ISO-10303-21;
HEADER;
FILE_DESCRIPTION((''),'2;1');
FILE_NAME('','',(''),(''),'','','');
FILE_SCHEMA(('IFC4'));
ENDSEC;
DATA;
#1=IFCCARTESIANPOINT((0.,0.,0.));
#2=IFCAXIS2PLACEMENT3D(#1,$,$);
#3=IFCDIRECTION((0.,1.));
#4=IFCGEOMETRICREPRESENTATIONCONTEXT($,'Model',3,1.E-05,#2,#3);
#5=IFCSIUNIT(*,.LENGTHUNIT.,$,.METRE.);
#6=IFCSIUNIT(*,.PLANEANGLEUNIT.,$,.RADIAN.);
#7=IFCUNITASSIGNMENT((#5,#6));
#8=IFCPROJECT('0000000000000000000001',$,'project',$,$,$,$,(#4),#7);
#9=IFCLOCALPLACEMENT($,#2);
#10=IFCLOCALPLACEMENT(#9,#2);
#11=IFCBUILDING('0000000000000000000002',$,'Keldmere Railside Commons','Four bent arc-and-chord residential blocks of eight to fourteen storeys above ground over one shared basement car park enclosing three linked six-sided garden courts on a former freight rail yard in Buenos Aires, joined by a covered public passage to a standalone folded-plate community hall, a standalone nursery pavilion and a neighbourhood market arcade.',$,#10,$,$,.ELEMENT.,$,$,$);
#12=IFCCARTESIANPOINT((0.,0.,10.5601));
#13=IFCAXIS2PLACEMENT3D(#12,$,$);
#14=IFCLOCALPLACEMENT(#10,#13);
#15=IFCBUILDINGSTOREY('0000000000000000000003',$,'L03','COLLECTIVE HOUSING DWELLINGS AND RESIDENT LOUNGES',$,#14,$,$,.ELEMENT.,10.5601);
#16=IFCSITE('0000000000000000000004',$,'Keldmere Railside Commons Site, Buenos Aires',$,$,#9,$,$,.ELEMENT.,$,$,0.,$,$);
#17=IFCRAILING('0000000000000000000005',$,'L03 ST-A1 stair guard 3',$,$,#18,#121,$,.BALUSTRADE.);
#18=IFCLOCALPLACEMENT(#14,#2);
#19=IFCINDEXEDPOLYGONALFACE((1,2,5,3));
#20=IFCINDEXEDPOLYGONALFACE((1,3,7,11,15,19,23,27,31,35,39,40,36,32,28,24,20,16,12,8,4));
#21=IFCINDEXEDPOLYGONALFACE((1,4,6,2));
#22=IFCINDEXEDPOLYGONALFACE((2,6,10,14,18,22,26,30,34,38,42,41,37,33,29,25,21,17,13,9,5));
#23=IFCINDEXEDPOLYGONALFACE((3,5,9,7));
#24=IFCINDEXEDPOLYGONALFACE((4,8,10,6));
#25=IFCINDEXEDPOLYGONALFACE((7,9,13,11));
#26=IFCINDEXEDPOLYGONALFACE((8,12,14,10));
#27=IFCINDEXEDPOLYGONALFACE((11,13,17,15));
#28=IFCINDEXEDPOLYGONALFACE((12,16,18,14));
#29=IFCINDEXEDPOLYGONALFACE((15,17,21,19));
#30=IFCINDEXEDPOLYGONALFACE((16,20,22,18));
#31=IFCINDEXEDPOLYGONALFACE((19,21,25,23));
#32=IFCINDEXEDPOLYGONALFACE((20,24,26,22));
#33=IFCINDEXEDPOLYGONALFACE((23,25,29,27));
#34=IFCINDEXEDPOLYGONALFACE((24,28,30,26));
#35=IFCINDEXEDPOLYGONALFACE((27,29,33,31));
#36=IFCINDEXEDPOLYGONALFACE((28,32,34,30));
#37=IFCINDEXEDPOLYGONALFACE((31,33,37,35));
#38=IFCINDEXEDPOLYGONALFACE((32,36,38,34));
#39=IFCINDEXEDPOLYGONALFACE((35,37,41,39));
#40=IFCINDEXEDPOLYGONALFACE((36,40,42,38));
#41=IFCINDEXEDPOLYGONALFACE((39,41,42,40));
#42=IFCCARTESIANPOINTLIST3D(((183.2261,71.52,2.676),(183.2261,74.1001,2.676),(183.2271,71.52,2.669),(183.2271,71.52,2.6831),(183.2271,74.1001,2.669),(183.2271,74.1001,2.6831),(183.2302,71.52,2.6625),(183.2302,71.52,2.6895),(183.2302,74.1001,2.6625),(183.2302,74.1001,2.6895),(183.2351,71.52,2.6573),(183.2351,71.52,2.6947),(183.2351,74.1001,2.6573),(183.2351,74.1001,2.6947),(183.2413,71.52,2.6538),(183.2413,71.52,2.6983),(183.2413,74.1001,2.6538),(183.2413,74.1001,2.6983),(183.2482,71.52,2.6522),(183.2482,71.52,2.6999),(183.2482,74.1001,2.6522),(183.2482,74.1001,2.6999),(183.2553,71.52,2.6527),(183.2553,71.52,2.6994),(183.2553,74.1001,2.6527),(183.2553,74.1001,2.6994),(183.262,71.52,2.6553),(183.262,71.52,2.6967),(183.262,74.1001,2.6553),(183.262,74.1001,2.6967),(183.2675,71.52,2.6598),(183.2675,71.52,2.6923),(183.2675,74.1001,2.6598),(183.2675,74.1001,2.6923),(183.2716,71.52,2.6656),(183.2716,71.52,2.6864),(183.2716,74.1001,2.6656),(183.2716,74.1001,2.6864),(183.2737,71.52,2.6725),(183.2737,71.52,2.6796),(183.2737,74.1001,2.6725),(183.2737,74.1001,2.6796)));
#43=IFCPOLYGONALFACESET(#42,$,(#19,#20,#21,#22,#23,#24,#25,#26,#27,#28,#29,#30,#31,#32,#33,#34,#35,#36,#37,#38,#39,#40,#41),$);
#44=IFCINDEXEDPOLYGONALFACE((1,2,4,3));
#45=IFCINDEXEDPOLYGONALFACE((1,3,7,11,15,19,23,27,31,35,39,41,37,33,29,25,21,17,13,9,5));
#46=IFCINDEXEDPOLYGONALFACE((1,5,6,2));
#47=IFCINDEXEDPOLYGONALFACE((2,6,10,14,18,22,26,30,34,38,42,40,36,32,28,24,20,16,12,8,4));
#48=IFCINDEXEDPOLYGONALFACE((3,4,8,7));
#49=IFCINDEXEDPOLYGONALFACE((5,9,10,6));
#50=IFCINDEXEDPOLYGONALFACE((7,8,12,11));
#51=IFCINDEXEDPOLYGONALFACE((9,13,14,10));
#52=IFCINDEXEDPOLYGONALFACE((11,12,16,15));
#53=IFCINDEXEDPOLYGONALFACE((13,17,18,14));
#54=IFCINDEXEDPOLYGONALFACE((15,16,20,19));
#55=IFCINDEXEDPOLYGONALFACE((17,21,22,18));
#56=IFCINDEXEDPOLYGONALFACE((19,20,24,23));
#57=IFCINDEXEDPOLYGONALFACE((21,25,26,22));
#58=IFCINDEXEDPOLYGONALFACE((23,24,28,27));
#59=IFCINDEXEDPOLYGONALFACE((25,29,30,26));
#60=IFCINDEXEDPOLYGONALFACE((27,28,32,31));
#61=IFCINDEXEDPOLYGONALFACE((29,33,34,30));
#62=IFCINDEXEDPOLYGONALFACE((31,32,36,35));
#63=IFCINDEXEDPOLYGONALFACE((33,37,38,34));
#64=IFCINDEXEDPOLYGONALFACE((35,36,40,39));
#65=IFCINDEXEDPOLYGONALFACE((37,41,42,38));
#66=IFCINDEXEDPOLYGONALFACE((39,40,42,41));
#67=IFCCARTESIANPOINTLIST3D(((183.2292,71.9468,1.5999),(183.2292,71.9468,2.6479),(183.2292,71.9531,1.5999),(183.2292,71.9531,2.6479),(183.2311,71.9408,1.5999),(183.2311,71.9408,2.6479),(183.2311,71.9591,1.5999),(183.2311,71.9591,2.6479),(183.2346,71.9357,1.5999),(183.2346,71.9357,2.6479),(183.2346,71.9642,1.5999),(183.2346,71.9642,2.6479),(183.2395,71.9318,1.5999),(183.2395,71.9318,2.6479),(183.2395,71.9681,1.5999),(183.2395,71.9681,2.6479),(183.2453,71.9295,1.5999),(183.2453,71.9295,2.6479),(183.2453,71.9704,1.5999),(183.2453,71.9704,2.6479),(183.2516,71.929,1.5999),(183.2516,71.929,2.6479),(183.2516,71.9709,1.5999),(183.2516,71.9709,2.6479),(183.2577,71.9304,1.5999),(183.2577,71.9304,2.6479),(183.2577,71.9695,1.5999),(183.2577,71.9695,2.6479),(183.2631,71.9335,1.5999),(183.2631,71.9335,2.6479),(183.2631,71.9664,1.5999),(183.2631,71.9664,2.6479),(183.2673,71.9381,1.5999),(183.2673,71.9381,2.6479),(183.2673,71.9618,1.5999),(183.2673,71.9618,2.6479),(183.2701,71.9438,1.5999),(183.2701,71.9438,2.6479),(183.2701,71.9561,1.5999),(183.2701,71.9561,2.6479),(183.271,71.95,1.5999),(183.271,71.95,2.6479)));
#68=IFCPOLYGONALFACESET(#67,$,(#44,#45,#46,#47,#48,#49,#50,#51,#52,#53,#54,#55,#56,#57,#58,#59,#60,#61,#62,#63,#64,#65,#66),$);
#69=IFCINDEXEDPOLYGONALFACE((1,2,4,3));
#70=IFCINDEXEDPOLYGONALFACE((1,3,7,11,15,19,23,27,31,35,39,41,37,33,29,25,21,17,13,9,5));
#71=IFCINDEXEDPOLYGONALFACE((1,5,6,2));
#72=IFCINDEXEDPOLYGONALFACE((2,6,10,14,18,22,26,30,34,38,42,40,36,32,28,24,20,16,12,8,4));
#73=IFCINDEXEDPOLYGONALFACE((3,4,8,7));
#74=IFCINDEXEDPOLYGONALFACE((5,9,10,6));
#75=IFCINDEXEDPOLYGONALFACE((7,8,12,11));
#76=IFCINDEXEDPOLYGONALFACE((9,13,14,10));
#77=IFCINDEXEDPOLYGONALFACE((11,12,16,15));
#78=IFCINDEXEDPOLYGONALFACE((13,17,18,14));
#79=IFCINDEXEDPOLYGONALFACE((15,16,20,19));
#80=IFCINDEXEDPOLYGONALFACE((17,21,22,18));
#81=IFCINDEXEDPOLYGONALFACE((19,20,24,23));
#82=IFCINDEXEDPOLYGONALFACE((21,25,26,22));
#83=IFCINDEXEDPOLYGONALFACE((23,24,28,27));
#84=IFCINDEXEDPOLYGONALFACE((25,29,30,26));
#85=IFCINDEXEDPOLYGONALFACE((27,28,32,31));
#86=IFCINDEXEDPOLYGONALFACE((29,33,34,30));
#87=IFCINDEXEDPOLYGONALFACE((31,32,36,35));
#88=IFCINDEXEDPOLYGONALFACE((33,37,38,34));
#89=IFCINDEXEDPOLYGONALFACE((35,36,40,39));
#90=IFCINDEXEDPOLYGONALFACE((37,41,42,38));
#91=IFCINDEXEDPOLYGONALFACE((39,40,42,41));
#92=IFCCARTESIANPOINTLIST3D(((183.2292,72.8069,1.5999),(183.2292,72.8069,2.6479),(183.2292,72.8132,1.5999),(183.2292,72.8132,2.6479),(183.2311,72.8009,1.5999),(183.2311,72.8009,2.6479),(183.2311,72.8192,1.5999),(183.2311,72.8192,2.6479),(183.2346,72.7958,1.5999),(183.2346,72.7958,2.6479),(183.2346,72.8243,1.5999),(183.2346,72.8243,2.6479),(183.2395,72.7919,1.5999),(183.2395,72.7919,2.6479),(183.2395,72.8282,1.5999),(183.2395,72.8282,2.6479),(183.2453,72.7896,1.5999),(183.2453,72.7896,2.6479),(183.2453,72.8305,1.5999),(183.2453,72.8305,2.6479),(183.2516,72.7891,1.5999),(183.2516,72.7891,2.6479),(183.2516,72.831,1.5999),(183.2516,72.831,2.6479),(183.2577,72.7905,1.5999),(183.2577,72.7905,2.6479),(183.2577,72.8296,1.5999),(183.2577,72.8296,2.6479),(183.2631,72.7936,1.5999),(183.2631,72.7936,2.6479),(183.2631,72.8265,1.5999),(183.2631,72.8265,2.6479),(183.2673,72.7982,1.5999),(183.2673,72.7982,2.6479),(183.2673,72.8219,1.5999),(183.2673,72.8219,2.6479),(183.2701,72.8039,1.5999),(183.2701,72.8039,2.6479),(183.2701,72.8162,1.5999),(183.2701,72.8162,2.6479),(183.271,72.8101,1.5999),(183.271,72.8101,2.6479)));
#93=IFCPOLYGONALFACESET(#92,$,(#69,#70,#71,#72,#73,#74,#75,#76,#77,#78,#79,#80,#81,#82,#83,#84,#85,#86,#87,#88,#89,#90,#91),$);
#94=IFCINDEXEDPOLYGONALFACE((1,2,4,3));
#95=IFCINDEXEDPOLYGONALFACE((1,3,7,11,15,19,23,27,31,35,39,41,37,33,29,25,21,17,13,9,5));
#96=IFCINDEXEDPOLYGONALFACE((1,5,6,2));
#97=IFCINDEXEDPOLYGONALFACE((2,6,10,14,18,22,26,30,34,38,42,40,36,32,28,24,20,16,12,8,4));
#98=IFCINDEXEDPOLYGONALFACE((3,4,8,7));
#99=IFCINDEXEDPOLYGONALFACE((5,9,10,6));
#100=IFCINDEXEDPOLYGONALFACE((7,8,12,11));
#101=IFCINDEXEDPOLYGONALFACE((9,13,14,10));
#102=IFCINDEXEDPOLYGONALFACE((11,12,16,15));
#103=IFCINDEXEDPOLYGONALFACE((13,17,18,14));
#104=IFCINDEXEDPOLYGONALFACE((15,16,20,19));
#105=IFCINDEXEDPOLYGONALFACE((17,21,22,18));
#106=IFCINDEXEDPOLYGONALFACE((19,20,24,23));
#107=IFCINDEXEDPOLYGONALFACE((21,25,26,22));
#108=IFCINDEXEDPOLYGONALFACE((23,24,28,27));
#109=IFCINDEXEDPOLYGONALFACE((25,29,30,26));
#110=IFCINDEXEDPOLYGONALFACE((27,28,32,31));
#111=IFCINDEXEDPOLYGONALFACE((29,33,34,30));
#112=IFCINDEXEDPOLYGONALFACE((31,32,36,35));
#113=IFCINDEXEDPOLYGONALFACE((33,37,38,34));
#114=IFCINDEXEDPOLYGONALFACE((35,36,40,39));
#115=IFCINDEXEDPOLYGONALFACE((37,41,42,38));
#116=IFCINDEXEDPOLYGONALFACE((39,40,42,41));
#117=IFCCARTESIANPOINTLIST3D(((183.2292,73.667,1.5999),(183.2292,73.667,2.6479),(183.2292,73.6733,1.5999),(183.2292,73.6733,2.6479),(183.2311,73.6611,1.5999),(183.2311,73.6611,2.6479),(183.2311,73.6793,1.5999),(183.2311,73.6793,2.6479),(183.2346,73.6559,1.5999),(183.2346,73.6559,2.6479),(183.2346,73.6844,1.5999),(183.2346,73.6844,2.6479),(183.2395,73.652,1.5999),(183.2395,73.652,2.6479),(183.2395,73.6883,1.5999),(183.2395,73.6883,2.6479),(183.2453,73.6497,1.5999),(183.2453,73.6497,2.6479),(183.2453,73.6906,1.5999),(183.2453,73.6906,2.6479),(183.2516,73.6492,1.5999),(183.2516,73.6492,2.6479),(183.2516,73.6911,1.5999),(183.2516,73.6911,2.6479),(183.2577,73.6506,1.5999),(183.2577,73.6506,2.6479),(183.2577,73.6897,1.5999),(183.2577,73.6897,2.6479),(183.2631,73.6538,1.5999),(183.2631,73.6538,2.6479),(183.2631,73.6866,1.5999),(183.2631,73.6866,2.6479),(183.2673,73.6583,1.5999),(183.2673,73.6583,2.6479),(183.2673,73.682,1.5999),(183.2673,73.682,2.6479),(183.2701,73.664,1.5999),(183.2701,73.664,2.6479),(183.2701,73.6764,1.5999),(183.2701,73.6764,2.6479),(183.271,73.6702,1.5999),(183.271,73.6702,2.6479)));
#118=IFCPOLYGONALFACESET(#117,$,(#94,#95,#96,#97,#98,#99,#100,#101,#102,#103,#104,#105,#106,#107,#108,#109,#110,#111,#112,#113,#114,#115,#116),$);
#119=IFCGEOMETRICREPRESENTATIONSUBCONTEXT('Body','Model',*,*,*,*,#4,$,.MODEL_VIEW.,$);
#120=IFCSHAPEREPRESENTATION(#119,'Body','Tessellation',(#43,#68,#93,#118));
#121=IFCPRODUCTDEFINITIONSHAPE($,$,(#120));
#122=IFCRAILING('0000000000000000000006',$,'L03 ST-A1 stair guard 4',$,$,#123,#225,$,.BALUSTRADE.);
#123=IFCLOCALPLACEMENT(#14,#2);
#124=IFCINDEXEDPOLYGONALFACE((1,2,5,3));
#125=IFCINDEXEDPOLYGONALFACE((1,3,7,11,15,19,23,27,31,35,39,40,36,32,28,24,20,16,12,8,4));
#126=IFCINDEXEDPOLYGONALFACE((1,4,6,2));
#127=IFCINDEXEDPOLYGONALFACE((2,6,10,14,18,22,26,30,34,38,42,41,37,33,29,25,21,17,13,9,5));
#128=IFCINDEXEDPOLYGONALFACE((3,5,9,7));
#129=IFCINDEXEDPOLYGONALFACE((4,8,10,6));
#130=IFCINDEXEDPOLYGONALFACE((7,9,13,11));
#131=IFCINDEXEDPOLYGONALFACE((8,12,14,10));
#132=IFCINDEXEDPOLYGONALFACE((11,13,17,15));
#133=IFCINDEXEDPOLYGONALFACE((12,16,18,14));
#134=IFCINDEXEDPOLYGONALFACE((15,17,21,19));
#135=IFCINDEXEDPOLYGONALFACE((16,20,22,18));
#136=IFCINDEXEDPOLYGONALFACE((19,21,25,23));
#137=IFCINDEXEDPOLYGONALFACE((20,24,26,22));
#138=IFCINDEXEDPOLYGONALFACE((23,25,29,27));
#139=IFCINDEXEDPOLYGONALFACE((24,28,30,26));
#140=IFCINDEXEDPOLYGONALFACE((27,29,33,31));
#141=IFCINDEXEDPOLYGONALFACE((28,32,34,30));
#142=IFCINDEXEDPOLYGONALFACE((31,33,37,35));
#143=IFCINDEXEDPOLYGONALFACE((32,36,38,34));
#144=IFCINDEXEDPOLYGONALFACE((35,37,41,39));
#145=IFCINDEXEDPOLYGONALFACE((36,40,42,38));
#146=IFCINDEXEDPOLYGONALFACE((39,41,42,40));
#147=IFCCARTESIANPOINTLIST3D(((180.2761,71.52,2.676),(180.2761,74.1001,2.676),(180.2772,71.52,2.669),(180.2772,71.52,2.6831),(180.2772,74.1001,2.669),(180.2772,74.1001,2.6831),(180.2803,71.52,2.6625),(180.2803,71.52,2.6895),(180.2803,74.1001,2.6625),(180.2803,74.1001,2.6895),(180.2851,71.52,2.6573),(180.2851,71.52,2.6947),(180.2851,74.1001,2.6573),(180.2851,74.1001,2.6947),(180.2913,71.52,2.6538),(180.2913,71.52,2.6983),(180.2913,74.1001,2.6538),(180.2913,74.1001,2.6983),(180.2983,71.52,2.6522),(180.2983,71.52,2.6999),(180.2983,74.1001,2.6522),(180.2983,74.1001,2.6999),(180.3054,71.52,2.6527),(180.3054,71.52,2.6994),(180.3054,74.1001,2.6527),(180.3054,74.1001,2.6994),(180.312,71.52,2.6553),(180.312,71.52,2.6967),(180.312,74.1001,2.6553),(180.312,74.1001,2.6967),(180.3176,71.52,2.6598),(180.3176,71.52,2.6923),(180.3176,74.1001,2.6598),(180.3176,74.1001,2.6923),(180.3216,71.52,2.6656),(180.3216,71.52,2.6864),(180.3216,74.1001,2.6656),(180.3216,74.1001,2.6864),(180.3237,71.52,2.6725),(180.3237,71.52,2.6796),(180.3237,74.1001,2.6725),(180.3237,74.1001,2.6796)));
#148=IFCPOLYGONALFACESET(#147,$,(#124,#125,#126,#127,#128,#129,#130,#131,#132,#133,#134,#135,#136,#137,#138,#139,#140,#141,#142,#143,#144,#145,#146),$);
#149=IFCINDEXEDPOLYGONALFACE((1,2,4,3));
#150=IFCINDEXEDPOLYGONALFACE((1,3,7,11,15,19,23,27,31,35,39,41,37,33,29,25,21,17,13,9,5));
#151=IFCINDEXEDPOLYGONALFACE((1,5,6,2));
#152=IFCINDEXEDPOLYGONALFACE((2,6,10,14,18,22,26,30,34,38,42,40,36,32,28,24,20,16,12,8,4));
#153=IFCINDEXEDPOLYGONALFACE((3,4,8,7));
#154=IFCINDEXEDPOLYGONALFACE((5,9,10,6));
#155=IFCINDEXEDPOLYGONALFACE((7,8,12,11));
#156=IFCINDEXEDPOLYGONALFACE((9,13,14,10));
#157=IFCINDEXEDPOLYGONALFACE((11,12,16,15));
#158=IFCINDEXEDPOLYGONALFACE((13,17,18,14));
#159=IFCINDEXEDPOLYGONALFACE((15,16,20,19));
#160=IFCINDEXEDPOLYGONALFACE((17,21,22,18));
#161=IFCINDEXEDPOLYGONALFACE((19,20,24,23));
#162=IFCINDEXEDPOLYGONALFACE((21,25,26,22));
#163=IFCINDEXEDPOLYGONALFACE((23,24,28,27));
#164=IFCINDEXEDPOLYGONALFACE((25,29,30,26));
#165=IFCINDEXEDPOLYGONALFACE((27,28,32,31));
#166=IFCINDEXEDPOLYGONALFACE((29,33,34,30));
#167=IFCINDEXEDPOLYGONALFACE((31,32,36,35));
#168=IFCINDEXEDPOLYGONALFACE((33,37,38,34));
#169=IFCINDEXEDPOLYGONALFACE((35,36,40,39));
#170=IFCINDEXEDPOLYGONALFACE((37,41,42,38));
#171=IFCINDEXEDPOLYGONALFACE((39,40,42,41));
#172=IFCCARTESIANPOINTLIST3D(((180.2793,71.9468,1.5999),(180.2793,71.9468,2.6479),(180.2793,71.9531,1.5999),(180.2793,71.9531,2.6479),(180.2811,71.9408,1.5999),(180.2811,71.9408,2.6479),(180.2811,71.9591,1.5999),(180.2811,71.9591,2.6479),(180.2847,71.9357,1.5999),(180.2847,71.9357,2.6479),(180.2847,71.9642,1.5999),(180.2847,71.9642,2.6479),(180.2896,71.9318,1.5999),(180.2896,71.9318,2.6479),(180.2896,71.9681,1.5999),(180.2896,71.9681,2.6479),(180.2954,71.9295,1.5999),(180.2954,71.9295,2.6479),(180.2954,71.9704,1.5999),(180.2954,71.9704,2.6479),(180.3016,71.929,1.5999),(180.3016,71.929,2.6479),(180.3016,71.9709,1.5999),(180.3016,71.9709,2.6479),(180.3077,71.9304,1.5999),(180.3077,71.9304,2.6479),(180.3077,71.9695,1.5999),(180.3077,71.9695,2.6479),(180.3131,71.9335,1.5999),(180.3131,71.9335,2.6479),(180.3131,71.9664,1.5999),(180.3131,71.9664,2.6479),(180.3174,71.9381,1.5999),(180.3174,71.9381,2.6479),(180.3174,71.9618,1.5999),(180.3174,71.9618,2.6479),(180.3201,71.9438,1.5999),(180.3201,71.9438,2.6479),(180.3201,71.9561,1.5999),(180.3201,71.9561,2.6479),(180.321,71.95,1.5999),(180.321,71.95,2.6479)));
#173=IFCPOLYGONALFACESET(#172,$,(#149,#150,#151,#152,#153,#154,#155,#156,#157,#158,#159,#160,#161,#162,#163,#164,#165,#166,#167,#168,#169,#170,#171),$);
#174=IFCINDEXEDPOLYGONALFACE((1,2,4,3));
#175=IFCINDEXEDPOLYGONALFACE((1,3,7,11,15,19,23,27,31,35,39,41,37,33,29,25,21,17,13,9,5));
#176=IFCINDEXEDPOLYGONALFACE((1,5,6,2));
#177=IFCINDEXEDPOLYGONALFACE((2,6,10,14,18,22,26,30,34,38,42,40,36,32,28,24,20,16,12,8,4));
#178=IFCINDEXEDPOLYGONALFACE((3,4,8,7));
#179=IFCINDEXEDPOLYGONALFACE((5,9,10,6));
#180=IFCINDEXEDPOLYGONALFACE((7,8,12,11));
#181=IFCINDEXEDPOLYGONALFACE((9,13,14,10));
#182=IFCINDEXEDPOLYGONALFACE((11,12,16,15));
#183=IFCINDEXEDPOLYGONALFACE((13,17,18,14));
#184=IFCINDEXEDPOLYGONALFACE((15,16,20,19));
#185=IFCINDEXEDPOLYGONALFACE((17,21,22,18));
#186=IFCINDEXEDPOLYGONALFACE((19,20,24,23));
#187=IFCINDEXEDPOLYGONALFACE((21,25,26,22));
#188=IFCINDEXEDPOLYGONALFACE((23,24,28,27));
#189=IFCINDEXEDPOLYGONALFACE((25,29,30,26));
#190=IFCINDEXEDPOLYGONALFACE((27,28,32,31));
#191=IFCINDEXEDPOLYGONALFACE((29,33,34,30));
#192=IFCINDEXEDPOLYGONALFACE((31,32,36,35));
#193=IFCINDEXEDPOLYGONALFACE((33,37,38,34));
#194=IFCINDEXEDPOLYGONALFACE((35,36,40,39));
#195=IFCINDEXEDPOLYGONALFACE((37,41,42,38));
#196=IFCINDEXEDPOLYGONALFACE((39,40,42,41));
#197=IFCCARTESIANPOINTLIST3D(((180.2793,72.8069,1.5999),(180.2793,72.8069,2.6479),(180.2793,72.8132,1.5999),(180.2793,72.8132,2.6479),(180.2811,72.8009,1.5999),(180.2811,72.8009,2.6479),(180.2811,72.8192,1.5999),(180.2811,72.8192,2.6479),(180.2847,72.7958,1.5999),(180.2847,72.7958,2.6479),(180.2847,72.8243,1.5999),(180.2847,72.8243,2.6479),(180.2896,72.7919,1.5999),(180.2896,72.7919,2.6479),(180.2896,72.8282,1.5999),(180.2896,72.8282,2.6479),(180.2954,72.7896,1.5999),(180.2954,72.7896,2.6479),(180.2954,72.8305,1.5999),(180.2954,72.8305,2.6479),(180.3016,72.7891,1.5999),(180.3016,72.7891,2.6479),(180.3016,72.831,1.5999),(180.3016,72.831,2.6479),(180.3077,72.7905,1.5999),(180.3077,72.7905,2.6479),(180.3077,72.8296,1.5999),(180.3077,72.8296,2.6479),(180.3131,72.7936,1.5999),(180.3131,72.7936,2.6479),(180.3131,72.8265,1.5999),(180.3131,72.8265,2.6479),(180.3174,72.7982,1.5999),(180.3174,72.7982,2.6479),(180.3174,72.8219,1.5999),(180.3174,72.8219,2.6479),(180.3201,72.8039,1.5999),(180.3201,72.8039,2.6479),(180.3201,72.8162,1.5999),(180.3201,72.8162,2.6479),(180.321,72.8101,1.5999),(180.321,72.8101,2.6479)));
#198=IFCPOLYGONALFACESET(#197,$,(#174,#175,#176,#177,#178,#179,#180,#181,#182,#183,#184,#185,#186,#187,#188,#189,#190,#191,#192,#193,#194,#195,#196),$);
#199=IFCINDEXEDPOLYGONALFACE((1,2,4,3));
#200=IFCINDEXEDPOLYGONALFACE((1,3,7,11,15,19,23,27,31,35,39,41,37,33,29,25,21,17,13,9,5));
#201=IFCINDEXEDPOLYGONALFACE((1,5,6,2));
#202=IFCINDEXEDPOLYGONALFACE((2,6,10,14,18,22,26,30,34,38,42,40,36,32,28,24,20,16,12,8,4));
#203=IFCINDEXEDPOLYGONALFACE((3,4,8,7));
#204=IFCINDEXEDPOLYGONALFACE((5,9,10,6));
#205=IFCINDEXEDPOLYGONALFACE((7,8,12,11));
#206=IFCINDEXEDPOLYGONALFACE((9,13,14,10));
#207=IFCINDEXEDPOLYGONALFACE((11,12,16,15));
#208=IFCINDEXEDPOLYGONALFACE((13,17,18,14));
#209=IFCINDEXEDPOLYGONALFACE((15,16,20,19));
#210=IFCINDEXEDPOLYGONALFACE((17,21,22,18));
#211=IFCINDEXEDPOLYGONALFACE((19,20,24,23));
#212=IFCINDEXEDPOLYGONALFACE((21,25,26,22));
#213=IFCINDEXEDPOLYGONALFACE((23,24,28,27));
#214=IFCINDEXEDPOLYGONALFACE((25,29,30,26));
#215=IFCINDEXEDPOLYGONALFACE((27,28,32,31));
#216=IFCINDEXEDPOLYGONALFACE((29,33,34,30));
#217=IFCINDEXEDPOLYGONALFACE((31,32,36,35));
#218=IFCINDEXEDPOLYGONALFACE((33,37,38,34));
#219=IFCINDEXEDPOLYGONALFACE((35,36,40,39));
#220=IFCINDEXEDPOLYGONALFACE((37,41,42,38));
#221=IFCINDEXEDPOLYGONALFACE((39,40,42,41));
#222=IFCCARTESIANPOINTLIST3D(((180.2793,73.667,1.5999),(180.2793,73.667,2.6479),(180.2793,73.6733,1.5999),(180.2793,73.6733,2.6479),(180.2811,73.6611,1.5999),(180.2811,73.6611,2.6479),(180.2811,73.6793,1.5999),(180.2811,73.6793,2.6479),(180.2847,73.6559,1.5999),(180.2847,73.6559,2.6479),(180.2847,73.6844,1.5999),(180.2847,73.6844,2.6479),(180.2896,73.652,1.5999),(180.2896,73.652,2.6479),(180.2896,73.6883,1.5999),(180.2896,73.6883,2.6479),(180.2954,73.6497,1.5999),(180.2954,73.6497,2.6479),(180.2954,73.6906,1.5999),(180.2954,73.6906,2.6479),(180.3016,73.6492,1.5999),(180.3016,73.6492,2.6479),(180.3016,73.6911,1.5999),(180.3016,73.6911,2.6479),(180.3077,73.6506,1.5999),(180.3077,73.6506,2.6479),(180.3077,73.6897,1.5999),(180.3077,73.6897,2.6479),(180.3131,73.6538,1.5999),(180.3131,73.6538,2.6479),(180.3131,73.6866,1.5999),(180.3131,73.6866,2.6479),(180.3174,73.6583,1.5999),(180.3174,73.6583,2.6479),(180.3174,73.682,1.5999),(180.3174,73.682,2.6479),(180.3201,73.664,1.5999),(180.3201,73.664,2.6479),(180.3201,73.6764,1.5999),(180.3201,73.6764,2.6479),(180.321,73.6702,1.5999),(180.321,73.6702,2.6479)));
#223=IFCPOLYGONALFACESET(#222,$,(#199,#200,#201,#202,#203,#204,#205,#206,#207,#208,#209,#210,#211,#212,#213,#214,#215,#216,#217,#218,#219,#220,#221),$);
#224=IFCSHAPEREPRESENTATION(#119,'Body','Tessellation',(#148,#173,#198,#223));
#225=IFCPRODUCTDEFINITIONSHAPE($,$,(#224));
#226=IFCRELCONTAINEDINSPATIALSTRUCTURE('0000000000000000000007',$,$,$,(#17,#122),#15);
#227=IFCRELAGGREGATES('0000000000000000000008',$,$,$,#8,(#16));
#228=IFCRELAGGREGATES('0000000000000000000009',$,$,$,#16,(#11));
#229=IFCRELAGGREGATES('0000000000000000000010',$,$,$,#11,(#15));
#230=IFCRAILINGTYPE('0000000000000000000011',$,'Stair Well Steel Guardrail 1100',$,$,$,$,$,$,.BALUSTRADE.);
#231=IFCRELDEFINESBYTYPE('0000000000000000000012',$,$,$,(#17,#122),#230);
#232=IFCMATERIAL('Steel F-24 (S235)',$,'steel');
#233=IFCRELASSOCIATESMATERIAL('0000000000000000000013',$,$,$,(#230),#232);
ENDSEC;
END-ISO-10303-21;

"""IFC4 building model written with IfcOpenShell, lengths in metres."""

from ifc_helpers import new_model, si_unit, direction, frame, origin, origin_2d, place, context, subcontext, project, spatial, circle, extrude, material, type_object, element, save


model = new_model("IFC4")

# Units and contexts
model_context = context("Model", 3, precision=1e-05, world=origin(), true_north=direction((0.0, 1.0)))
body_context = subcontext(model_context, "Body", "Model", "MODEL_VIEW")
ifc_project = project(units=[si_unit("LENGTHUNIT", "METRE"), si_unit("PLANEANGLEUNIT", "RADIAN")], contexts=[model_context])

# Site, building, storey
site_placement = place(None, origin())
site = spatial("IfcSite", under=ifc_project, at=site_placement, Name="Keldmere Railside Commons Site, Buenos Aires", CompositionType="ELEMENT", RefElevation=0.0)
building_placement = place(site_placement, origin())
building = spatial("IfcBuilding", under=site, at=building_placement, Name="Keldmere Railside Commons", Description="Four bent arc-and-chord residential blocks of eight to fourteen storeys above ground over one shared basement car park enclosing three linked six-sided garden courts on a former freight rail yard in Buenos Aires, joined by a covered public passage to a standalone folded-plate community hall, a standalone nursery pavilion and a neighbourhood market arcade.", CompositionType="ELEMENT")
storey_placement = place(building_placement, frame((0.0, 0.0, 10.5601)))
storey = spatial("IfcBuildingStorey", under=building, at=storey_placement, Name="L03", Description="COLLECTIVE HOUSING DWELLINGS AND RESIDENT LOUNGES", CompositionType="ELEMENT", Elevation=10.5601)

# Railings
ifc_material_1 = material(Name="Steel F-24 (S235)", Category="steel")
railing_type_1 = type_object("IfcRailingType", Name="Stair Well Steel Guardrail 1100", PredefinedType="BALUSTRADE", material=ifc_material_1)
for number, where, name in (
    (1, (183.25, 71.52, 1.5999), "L03 ST-A1 stair guard 3"),
    (2, (180.3, 71.52, 1.5999), "L03 ST-A1 stair guard 4"),
):
    element("IfcRailing", number, at=place(storey_placement, frame(where)), inside=storey, type_object=railing_type_1, Name=name, PredefinedType="BALUSTRADE", context=body_context, shape_type="SweptSolid", body=[
        extrude(circle(Radius=0.0239, at=origin_2d()), frame((0.0, 0.0, 1.0762), z_axis=(0.0, 1.0, 0.0), x_axis=(-1.0, 0.0, 0.0)), (0.0, 0.0, 1.0), 2.5801),
        extrude(circle(Radius=0.021, at=origin_2d()), frame((0.0, 0.4299, 0.0)), (0.0, 0.0, 1.0), 1.0481),
        extrude(circle(Radius=0.021, at=origin_2d()), frame((0.0, 1.29, 0.0)), (0.0, 0.0, 1.0), 1.0481),
        extrude(circle(Radius=0.021, at=origin_2d()), frame((0.0, 2.1501, 0.0)), (0.0, 0.0, 1.0), 1.0481),
    ])

save(model, "model.ifc")
